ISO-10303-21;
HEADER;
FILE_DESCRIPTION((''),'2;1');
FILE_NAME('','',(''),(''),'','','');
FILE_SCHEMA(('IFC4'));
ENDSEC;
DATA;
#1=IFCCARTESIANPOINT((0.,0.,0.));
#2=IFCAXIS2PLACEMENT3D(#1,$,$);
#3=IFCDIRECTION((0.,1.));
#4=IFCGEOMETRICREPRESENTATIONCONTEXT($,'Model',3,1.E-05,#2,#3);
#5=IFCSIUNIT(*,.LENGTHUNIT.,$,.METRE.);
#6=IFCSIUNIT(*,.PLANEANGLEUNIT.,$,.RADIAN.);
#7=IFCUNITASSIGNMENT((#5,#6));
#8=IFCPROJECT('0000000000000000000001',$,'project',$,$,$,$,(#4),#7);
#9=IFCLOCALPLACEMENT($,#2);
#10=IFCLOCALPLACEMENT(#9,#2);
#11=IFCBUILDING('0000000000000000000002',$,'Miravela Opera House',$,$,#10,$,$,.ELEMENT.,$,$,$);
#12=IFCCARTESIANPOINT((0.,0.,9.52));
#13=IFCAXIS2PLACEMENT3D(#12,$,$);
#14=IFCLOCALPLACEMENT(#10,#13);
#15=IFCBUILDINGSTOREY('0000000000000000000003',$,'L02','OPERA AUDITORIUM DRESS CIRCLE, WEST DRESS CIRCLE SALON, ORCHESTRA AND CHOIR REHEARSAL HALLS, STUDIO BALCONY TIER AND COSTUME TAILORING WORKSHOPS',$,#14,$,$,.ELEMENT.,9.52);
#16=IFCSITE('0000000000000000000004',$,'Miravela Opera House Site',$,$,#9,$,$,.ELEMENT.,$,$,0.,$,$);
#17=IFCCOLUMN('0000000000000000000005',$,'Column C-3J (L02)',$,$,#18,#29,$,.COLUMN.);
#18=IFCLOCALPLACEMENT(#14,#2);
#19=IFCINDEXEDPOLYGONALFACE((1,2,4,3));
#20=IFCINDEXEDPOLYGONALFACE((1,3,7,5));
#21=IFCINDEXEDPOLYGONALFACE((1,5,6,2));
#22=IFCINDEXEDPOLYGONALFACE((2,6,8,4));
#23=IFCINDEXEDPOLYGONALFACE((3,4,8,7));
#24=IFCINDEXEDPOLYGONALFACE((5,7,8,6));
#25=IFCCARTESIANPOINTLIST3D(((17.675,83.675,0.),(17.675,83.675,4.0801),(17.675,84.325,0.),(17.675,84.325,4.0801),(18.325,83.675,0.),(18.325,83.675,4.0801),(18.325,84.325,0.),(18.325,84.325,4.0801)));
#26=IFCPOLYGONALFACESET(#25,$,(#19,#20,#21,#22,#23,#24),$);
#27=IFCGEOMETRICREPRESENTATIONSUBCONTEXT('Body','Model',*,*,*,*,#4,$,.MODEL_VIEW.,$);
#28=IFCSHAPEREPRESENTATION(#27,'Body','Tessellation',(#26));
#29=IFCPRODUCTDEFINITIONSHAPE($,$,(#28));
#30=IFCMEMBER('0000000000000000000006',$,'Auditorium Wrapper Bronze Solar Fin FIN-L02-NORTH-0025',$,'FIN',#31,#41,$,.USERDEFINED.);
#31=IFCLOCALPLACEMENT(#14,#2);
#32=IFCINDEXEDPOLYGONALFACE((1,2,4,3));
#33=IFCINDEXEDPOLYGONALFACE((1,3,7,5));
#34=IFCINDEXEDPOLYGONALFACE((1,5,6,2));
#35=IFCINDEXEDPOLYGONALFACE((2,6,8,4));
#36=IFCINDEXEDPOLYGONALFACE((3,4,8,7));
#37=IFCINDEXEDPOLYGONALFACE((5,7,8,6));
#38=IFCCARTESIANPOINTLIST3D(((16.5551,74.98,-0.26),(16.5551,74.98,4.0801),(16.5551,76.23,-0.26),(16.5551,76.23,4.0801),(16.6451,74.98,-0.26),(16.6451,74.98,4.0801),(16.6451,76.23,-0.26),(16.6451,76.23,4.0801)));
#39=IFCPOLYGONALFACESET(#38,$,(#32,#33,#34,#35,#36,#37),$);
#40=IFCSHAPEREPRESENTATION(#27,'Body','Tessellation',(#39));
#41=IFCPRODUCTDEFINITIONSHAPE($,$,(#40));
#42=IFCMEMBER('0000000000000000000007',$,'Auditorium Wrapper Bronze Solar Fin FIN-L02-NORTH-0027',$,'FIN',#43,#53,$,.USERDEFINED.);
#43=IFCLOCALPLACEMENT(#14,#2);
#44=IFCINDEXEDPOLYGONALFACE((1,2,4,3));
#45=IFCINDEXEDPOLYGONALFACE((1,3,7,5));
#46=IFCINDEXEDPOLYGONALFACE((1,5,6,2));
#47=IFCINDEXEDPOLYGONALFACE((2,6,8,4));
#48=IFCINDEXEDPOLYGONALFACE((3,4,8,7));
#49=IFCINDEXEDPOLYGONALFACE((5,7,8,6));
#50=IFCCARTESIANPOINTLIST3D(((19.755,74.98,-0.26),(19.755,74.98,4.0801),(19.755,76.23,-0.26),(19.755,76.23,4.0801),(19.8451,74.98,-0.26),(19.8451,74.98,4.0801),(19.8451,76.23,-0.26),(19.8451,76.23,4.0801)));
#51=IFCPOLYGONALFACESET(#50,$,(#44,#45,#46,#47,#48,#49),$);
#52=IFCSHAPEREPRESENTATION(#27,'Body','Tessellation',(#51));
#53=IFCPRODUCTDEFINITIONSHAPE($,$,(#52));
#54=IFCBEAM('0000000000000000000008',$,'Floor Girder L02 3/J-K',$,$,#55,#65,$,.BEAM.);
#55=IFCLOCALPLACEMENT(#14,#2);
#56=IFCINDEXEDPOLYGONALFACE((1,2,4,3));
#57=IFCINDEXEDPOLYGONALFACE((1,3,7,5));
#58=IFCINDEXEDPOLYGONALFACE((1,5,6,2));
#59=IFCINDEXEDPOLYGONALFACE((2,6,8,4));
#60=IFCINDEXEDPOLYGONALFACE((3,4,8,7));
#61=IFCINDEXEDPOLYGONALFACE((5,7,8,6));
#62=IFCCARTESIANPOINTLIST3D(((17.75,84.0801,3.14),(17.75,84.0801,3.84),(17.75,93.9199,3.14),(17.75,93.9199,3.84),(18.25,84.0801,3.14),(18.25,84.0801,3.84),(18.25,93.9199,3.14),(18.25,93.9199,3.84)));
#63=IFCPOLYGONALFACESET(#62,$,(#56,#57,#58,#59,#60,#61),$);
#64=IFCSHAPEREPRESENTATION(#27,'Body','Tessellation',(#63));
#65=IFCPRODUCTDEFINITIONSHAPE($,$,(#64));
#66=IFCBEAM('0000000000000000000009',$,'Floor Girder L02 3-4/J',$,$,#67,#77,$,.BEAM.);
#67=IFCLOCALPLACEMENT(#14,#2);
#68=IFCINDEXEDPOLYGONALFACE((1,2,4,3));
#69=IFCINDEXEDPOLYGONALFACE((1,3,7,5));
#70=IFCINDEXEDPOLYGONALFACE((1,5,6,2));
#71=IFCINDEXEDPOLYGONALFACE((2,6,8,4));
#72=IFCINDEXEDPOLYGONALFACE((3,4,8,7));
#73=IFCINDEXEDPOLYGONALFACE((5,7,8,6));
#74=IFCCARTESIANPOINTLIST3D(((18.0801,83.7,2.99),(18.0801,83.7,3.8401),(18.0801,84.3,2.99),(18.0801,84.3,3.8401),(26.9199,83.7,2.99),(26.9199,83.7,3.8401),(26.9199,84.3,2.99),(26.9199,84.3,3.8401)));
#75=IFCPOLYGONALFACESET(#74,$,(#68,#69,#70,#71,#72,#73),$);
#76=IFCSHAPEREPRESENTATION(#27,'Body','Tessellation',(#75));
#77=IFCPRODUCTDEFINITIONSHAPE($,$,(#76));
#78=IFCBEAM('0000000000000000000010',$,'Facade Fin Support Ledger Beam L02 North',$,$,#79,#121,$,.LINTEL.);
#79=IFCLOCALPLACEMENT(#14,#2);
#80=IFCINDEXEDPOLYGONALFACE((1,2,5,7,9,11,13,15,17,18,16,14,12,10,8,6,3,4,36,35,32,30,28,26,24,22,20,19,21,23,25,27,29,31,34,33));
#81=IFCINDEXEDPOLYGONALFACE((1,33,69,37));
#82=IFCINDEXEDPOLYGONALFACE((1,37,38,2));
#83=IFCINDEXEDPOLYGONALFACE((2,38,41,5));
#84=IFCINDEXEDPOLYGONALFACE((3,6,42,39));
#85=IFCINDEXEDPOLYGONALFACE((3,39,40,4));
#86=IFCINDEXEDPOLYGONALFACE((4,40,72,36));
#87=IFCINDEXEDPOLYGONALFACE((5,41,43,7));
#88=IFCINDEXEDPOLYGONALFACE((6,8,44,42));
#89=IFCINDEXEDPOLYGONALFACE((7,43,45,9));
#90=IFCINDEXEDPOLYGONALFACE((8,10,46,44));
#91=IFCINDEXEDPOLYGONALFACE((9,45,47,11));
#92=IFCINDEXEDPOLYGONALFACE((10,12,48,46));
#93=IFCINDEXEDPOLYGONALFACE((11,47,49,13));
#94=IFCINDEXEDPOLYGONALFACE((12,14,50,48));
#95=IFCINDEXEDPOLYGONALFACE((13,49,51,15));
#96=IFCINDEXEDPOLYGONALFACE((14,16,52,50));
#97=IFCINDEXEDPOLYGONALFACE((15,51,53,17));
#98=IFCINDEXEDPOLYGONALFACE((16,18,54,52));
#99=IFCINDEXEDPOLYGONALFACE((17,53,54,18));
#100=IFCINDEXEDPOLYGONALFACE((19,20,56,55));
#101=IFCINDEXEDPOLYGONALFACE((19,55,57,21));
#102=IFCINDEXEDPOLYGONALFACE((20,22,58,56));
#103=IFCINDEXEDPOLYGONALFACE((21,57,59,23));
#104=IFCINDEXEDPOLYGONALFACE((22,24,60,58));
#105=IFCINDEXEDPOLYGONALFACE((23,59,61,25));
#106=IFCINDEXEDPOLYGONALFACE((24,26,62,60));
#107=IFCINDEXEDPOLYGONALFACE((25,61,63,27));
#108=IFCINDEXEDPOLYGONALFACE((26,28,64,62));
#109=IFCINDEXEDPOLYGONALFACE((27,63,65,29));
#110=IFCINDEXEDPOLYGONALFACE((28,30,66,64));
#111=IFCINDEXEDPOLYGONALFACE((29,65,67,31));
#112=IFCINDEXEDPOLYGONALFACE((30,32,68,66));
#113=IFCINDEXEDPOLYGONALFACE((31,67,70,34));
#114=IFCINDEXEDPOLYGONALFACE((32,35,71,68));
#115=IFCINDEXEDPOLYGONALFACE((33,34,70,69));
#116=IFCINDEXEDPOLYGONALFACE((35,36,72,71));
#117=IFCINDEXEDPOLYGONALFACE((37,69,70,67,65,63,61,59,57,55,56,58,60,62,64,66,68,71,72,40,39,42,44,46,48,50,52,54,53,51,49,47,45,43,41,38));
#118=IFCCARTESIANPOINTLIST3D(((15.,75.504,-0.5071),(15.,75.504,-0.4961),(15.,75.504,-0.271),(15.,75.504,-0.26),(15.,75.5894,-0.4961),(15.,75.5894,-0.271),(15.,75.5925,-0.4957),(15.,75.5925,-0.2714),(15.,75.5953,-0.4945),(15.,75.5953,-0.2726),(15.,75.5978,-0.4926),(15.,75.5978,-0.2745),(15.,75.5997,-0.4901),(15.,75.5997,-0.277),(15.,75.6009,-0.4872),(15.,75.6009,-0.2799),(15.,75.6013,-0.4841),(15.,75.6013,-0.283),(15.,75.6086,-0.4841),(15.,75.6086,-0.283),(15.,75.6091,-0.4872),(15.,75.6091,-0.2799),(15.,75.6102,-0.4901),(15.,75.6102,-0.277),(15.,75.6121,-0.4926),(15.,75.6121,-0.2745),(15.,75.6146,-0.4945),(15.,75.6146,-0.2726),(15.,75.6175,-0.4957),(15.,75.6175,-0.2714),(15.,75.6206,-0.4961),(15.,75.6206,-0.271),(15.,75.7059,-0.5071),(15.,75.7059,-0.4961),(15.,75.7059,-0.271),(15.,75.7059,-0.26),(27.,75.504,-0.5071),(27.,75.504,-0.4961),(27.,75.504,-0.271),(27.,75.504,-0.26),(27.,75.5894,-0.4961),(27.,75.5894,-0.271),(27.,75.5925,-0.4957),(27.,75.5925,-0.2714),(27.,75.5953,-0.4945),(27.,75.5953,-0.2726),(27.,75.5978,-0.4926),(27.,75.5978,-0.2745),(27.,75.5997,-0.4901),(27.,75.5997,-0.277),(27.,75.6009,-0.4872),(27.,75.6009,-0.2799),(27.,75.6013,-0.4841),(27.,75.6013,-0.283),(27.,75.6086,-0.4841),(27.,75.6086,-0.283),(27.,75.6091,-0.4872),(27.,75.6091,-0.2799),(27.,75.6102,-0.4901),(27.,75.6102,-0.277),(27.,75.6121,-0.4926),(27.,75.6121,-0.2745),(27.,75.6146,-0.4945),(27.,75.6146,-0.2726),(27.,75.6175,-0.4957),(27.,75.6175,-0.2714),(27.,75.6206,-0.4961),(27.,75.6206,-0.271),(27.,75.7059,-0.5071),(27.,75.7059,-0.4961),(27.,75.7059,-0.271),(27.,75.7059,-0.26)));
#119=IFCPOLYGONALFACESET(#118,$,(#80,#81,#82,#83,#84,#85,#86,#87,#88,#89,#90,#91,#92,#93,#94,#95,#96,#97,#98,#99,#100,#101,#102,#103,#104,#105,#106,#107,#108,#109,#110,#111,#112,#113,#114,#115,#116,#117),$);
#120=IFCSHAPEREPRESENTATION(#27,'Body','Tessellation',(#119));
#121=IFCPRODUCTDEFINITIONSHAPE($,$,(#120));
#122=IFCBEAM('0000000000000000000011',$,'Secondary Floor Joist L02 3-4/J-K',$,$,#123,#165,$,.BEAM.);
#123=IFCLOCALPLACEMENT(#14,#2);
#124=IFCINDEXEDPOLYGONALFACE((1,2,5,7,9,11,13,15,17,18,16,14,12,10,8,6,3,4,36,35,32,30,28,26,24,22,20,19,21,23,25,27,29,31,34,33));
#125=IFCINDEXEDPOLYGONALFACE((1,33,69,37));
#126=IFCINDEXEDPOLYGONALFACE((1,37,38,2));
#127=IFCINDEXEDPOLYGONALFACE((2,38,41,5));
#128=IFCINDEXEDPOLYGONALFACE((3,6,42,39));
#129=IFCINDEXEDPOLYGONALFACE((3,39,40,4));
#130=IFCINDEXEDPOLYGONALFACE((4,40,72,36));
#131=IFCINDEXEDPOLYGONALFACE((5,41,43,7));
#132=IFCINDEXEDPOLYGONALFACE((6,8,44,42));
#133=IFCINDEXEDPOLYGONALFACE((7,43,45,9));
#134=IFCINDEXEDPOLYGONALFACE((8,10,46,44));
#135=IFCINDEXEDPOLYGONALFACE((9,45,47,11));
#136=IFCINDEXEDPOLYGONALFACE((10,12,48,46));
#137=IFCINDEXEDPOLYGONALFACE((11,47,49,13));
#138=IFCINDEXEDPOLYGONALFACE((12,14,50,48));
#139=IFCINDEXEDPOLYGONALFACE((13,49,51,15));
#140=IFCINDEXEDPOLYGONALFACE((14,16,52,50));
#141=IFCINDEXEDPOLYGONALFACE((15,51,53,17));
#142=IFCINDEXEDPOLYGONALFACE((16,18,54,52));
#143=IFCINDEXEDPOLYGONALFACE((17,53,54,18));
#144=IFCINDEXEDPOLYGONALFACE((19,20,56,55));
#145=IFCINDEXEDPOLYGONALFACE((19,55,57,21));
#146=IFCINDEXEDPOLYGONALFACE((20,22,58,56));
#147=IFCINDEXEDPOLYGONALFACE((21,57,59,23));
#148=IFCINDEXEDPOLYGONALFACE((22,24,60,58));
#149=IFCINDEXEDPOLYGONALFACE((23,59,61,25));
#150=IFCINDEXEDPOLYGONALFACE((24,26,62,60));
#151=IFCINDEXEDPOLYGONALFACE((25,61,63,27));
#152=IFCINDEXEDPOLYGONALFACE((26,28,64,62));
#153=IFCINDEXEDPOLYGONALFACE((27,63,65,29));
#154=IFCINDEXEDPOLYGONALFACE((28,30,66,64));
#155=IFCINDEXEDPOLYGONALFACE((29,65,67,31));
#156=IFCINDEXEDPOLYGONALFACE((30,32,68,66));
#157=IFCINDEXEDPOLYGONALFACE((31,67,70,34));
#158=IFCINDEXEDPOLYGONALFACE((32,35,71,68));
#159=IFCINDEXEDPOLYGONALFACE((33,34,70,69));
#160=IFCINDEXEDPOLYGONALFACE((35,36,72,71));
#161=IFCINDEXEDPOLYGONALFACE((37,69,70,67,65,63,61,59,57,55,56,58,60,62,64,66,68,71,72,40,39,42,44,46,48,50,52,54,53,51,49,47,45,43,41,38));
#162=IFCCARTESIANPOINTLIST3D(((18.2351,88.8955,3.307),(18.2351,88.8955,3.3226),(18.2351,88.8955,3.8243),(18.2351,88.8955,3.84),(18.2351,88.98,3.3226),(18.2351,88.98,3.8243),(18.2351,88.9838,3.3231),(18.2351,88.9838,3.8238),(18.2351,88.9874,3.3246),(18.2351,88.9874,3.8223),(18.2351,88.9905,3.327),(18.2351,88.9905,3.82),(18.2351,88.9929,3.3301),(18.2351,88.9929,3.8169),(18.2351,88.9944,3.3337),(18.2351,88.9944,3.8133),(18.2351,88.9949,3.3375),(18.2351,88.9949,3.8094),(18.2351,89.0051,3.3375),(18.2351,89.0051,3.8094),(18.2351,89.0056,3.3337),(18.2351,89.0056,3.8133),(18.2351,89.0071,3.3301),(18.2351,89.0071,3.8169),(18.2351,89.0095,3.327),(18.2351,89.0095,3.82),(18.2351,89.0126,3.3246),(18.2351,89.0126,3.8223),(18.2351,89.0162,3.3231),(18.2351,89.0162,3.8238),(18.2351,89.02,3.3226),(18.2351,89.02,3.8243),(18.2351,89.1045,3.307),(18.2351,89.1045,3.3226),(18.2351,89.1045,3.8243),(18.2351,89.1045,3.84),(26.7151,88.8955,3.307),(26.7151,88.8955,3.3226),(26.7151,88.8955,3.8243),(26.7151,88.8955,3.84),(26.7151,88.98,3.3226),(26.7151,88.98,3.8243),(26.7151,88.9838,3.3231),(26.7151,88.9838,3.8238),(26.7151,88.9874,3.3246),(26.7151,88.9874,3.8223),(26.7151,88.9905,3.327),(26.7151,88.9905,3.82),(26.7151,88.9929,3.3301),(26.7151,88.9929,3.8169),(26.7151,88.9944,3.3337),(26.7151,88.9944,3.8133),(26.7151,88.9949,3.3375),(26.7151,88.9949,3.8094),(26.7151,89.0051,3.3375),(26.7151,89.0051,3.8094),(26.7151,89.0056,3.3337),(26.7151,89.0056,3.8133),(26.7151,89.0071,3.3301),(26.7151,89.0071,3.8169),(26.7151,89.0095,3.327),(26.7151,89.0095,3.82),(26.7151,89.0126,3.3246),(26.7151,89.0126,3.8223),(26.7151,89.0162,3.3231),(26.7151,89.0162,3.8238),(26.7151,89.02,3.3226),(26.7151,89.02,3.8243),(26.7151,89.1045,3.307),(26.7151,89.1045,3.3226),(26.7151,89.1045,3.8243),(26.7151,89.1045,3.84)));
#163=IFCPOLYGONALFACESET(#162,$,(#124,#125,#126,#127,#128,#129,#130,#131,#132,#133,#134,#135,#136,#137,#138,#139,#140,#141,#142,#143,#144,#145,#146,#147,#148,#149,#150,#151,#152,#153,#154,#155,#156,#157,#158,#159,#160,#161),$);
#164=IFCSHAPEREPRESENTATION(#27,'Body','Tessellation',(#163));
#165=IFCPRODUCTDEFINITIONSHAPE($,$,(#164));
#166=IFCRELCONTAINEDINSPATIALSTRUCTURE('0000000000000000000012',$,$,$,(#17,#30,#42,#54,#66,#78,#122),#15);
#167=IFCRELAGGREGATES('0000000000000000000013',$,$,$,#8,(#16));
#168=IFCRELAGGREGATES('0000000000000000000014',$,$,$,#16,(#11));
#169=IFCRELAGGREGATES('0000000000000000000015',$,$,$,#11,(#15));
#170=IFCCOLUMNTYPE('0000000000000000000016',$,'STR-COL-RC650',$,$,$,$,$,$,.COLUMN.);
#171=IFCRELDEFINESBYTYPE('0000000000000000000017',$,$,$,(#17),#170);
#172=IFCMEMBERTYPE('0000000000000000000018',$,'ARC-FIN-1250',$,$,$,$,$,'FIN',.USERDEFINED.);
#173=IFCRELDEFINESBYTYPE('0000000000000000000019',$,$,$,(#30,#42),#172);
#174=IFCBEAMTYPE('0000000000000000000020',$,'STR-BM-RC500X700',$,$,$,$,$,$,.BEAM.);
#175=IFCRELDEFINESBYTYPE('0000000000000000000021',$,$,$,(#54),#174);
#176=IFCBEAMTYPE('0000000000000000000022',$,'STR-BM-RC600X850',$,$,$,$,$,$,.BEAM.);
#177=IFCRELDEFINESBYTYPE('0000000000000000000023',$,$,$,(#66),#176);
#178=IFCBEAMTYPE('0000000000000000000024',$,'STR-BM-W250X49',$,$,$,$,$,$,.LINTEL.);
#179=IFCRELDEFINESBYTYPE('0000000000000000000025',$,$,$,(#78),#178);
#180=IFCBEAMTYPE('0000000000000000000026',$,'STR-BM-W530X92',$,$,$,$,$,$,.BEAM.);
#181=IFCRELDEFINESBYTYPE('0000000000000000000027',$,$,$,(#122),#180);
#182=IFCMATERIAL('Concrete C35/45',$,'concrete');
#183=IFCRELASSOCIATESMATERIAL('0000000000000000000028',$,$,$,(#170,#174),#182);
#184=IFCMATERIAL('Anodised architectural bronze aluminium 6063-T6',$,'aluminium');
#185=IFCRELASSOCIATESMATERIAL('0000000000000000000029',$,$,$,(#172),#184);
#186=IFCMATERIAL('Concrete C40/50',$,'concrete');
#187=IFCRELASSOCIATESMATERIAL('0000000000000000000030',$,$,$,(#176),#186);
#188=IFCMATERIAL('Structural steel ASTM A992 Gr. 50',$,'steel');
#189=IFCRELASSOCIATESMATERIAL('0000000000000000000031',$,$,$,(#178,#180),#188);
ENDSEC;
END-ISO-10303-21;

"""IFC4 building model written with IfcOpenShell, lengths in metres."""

from ifc_helpers import new_model, si_unit, direction, frame, origin, origin_2d, place, context, subcontext, project, spatial, rectangle, i_section, extrude, material, material_profile, profile_set, type_object, element, save


model = new_model("IFC4")

# Units and contexts
model_context = context("Model", 3, precision=1e-05, world=origin(), true_north=direction((0.0, 1.0)))
body_context = subcontext(model_context, "Body", "Model", "MODEL_VIEW")
ifc_project = project(units=[si_unit("LENGTHUNIT", "METRE"), si_unit("PLANEANGLEUNIT", "RADIAN")], contexts=[model_context])

# Site, building, storey
site_placement = place(None, origin())
site = spatial("IfcSite", under=ifc_project, at=site_placement, Name="Miravela Opera House Site", CompositionType="ELEMENT", RefElevation=0.0)
building_placement = place(site_placement, origin())
building = spatial("IfcBuilding", under=site, at=building_placement, Name="Miravela Opera House", CompositionType="ELEMENT")
storey_placement = place(building_placement, frame((0.0, 0.0, 9.52)))
storey = spatial("IfcBuildingStorey", under=building, at=storey_placement, Name="L02", Description="OPERA AUDITORIUM DRESS CIRCLE, WEST DRESS CIRCLE SALON, ORCHESTRA AND CHOIR REHEARSAL HALLS, STUDIO BALCONY TIER AND COSTUME TAILORING WORKSHOPS", CompositionType="ELEMENT", Elevation=9.52)

# Column
ifc_material_1 = material(Name="Concrete C35/45", Category="concrete")
ifc_material_profile_1 = material_profile(ifc_material_1, rectangle(XDim=0.6499, YDim=0.6499, at=origin_2d()), Name="RC-COL-650X650")
ifc_profile_set_1 = profile_set([ifc_material_profile_1])
column_type = type_object("IfcColumnType", Name="STR-COL-RC650", PredefinedType="COLUMN", material=ifc_profile_set_1)
column_placement = place(storey_placement, frame((18.0, 84.0, 0.0), z_axis=(0.0, 0.0, 1.0), x_axis=(1.0, 0.0, 0.0)))
element("IfcColumn", 1, at=column_placement, inside=storey, type_object=column_type, Name="Column C-3J (L02)", PredefinedType="COLUMN", context=body_context, shape_type="SweptSolid", body=[
    extrude(rectangle(XDim=0.6499, YDim=0.6499, at=origin_2d()), origin(), (0.0, 0.0, 1.0), 4.0801),
])

# Members
ifc_material_2 = material(Name="Anodised architectural bronze aluminium 6063-T6", Category="aluminium")
ifc_material_profile_2 = material_profile(ifc_material_2, rectangle(XDim=0.0901, YDim=1.25, at=origin_2d()), Name="FIN-1250X90")
ifc_profile_set_2 = profile_set([ifc_material_profile_2])
member_type_1 = type_object("IfcMemberType", Name="ARC-FIN-1250", ElementType="FIN", PredefinedType="USERDEFINED", material=ifc_profile_set_2)
for number, where, z_axis, x_axis, name in (
    (2, (16.6001, 75.605, -0.26), (0.0, 0.0, 1.0), (1.0, 0.0, 0.0), "Auditorium Wrapper Bronze Solar Fin FIN-L02-NORTH-0025"),
    (3, (19.8, 75.605, -0.26), (0.0, 0.0, 1.0), (1.0, 0.0, 0.0), "Auditorium Wrapper Bronze Solar Fin FIN-L02-NORTH-0027"),
):
    element("IfcMember", number, at=place(storey_placement, frame(where, z_axis=z_axis, x_axis=x_axis)), inside=storey, type_object=member_type_1, Name=name, ObjectType="FIN", PredefinedType="USERDEFINED", context=body_context, shape_type="SweptSolid", body=[
        extrude(rectangle(XDim=0.0901, YDim=1.25, at=origin_2d()), origin(), (0.0, 0.0, 1.0), 4.3401),
    ])

# Beams
ifc_material_profile_3 = material_profile(ifc_material_1, rectangle(XDim=0.5, YDim=0.7, at=origin_2d()), Name="RC-BM-500X700")
ifc_profile_set_3 = profile_set([ifc_material_profile_3])
beam_type_1 = type_object("IfcBeamType", Name="STR-BM-RC500X700", PredefinedType="BEAM", material=ifc_profile_set_3)
beam_1_placement = place(storey_placement, frame((18.0, 84.0801, 3.49), z_axis=(0.0, 1.0, 0.0), x_axis=(-1.0, 0.0, 0.0)))
element("IfcBeam", 4, at=beam_1_placement, inside=storey, type_object=beam_type_1, Name="Floor Girder L02 3/J-K", PredefinedType="BEAM", context=body_context, shape_type="SweptSolid", body=[
    extrude(rectangle(XDim=0.5, YDim=0.7, at=origin_2d()), origin(), (0.0, 0.0, 1.0), 9.8398),
])
ifc_material_3 = material(Name="Concrete C40/50", Category="concrete")
ifc_material_profile_4 = material_profile(ifc_material_3, rectangle(XDim=0.6001, YDim=0.8501, at=origin_2d()), Name="RC-BM-600X850")
ifc_profile_set_4 = profile_set([ifc_material_profile_4])
beam_type_2 = type_object("IfcBeamType", Name="STR-BM-RC600X850", PredefinedType="BEAM", material=ifc_profile_set_4)
beam_2_placement = place(storey_placement, frame((18.0801, 84.0, 3.415), z_axis=(1.0, 0.0, 0.0), x_axis=(0.0, 1.0, 0.0)))
element("IfcBeam", 5, at=beam_2_placement, inside=storey, type_object=beam_type_2, Name="Floor Girder L02 3-4/J", PredefinedType="BEAM", context=body_context, shape_type="SweptSolid", body=[
    extrude(rectangle(XDim=0.6001, YDim=0.8501, at=origin_2d()), origin(), (0.0, 0.0, 1.0), 8.8398),
])
ifc_material_4 = material(Name="Structural steel ASTM A992 Gr. 50", Category="steel")
ifc_material_profile_5 = material_profile(ifc_material_4, i_section(OverallWidth=0.2019, OverallDepth=0.2471, WebThickness=0.0073, FlangeThickness=0.011, FilletRadius=0.012, at=origin_2d()), Name="W250X49")
ifc_profile_set_5 = profile_set([ifc_material_profile_5])
beam_type_3 = type_object("IfcBeamType", Name="STR-BM-W250X49", PredefinedType="LINTEL", material=ifc_profile_set_5)
beam_3_placement = place(storey_placement, frame((15.0, 75.605, -0.3835), z_axis=(1.0, 0.0, 0.0), x_axis=(0.0, 1.0, 0.0)))
element("IfcBeam", 6, at=beam_3_placement, inside=storey, type_object=beam_type_3, Name="Facade Fin Support Ledger Beam L02 North", PredefinedType="LINTEL", context=body_context, shape_type="SweptSolid", body=[
    extrude(i_section(OverallWidth=0.2019, OverallDepth=0.2471, WebThickness=0.0073, FlangeThickness=0.011, FilletRadius=0.012, at=origin_2d()), origin(), (0.0, 0.0, 1.0), 12.0),
])
ifc_material_profile_6 = material_profile(ifc_material_4, i_section(OverallWidth=0.209, OverallDepth=0.533, WebThickness=0.0103, FlangeThickness=0.0156, FilletRadius=0.0149, at=origin_2d()), Name="W530X92")
ifc_profile_set_6 = profile_set([ifc_material_profile_6])
beam_type_4 = type_object("IfcBeamType", Name="STR-BM-W530X92", PredefinedType="BEAM", material=ifc_profile_set_6)
beam_4_placement = place(storey_placement, frame((18.2351, 89.0, 3.5735), z_axis=(1.0, 0.0, 0.0), x_axis=(0.0, 1.0, 0.0)))
element("IfcBeam", 7, at=beam_4_placement, inside=storey, type_object=beam_type_4, Name="Secondary Floor Joist L02 3-4/J-K", PredefinedType="BEAM", context=body_context, shape_type="SweptSolid", body=[
    extrude(i_section(OverallWidth=0.209, OverallDepth=0.533, WebThickness=0.0103, FlangeThickness=0.0156, FilletRadius=0.0149, at=origin_2d()), origin(), (0.0, 0.0, 1.0), 8.48),
])

save(model, "model.ifc")
